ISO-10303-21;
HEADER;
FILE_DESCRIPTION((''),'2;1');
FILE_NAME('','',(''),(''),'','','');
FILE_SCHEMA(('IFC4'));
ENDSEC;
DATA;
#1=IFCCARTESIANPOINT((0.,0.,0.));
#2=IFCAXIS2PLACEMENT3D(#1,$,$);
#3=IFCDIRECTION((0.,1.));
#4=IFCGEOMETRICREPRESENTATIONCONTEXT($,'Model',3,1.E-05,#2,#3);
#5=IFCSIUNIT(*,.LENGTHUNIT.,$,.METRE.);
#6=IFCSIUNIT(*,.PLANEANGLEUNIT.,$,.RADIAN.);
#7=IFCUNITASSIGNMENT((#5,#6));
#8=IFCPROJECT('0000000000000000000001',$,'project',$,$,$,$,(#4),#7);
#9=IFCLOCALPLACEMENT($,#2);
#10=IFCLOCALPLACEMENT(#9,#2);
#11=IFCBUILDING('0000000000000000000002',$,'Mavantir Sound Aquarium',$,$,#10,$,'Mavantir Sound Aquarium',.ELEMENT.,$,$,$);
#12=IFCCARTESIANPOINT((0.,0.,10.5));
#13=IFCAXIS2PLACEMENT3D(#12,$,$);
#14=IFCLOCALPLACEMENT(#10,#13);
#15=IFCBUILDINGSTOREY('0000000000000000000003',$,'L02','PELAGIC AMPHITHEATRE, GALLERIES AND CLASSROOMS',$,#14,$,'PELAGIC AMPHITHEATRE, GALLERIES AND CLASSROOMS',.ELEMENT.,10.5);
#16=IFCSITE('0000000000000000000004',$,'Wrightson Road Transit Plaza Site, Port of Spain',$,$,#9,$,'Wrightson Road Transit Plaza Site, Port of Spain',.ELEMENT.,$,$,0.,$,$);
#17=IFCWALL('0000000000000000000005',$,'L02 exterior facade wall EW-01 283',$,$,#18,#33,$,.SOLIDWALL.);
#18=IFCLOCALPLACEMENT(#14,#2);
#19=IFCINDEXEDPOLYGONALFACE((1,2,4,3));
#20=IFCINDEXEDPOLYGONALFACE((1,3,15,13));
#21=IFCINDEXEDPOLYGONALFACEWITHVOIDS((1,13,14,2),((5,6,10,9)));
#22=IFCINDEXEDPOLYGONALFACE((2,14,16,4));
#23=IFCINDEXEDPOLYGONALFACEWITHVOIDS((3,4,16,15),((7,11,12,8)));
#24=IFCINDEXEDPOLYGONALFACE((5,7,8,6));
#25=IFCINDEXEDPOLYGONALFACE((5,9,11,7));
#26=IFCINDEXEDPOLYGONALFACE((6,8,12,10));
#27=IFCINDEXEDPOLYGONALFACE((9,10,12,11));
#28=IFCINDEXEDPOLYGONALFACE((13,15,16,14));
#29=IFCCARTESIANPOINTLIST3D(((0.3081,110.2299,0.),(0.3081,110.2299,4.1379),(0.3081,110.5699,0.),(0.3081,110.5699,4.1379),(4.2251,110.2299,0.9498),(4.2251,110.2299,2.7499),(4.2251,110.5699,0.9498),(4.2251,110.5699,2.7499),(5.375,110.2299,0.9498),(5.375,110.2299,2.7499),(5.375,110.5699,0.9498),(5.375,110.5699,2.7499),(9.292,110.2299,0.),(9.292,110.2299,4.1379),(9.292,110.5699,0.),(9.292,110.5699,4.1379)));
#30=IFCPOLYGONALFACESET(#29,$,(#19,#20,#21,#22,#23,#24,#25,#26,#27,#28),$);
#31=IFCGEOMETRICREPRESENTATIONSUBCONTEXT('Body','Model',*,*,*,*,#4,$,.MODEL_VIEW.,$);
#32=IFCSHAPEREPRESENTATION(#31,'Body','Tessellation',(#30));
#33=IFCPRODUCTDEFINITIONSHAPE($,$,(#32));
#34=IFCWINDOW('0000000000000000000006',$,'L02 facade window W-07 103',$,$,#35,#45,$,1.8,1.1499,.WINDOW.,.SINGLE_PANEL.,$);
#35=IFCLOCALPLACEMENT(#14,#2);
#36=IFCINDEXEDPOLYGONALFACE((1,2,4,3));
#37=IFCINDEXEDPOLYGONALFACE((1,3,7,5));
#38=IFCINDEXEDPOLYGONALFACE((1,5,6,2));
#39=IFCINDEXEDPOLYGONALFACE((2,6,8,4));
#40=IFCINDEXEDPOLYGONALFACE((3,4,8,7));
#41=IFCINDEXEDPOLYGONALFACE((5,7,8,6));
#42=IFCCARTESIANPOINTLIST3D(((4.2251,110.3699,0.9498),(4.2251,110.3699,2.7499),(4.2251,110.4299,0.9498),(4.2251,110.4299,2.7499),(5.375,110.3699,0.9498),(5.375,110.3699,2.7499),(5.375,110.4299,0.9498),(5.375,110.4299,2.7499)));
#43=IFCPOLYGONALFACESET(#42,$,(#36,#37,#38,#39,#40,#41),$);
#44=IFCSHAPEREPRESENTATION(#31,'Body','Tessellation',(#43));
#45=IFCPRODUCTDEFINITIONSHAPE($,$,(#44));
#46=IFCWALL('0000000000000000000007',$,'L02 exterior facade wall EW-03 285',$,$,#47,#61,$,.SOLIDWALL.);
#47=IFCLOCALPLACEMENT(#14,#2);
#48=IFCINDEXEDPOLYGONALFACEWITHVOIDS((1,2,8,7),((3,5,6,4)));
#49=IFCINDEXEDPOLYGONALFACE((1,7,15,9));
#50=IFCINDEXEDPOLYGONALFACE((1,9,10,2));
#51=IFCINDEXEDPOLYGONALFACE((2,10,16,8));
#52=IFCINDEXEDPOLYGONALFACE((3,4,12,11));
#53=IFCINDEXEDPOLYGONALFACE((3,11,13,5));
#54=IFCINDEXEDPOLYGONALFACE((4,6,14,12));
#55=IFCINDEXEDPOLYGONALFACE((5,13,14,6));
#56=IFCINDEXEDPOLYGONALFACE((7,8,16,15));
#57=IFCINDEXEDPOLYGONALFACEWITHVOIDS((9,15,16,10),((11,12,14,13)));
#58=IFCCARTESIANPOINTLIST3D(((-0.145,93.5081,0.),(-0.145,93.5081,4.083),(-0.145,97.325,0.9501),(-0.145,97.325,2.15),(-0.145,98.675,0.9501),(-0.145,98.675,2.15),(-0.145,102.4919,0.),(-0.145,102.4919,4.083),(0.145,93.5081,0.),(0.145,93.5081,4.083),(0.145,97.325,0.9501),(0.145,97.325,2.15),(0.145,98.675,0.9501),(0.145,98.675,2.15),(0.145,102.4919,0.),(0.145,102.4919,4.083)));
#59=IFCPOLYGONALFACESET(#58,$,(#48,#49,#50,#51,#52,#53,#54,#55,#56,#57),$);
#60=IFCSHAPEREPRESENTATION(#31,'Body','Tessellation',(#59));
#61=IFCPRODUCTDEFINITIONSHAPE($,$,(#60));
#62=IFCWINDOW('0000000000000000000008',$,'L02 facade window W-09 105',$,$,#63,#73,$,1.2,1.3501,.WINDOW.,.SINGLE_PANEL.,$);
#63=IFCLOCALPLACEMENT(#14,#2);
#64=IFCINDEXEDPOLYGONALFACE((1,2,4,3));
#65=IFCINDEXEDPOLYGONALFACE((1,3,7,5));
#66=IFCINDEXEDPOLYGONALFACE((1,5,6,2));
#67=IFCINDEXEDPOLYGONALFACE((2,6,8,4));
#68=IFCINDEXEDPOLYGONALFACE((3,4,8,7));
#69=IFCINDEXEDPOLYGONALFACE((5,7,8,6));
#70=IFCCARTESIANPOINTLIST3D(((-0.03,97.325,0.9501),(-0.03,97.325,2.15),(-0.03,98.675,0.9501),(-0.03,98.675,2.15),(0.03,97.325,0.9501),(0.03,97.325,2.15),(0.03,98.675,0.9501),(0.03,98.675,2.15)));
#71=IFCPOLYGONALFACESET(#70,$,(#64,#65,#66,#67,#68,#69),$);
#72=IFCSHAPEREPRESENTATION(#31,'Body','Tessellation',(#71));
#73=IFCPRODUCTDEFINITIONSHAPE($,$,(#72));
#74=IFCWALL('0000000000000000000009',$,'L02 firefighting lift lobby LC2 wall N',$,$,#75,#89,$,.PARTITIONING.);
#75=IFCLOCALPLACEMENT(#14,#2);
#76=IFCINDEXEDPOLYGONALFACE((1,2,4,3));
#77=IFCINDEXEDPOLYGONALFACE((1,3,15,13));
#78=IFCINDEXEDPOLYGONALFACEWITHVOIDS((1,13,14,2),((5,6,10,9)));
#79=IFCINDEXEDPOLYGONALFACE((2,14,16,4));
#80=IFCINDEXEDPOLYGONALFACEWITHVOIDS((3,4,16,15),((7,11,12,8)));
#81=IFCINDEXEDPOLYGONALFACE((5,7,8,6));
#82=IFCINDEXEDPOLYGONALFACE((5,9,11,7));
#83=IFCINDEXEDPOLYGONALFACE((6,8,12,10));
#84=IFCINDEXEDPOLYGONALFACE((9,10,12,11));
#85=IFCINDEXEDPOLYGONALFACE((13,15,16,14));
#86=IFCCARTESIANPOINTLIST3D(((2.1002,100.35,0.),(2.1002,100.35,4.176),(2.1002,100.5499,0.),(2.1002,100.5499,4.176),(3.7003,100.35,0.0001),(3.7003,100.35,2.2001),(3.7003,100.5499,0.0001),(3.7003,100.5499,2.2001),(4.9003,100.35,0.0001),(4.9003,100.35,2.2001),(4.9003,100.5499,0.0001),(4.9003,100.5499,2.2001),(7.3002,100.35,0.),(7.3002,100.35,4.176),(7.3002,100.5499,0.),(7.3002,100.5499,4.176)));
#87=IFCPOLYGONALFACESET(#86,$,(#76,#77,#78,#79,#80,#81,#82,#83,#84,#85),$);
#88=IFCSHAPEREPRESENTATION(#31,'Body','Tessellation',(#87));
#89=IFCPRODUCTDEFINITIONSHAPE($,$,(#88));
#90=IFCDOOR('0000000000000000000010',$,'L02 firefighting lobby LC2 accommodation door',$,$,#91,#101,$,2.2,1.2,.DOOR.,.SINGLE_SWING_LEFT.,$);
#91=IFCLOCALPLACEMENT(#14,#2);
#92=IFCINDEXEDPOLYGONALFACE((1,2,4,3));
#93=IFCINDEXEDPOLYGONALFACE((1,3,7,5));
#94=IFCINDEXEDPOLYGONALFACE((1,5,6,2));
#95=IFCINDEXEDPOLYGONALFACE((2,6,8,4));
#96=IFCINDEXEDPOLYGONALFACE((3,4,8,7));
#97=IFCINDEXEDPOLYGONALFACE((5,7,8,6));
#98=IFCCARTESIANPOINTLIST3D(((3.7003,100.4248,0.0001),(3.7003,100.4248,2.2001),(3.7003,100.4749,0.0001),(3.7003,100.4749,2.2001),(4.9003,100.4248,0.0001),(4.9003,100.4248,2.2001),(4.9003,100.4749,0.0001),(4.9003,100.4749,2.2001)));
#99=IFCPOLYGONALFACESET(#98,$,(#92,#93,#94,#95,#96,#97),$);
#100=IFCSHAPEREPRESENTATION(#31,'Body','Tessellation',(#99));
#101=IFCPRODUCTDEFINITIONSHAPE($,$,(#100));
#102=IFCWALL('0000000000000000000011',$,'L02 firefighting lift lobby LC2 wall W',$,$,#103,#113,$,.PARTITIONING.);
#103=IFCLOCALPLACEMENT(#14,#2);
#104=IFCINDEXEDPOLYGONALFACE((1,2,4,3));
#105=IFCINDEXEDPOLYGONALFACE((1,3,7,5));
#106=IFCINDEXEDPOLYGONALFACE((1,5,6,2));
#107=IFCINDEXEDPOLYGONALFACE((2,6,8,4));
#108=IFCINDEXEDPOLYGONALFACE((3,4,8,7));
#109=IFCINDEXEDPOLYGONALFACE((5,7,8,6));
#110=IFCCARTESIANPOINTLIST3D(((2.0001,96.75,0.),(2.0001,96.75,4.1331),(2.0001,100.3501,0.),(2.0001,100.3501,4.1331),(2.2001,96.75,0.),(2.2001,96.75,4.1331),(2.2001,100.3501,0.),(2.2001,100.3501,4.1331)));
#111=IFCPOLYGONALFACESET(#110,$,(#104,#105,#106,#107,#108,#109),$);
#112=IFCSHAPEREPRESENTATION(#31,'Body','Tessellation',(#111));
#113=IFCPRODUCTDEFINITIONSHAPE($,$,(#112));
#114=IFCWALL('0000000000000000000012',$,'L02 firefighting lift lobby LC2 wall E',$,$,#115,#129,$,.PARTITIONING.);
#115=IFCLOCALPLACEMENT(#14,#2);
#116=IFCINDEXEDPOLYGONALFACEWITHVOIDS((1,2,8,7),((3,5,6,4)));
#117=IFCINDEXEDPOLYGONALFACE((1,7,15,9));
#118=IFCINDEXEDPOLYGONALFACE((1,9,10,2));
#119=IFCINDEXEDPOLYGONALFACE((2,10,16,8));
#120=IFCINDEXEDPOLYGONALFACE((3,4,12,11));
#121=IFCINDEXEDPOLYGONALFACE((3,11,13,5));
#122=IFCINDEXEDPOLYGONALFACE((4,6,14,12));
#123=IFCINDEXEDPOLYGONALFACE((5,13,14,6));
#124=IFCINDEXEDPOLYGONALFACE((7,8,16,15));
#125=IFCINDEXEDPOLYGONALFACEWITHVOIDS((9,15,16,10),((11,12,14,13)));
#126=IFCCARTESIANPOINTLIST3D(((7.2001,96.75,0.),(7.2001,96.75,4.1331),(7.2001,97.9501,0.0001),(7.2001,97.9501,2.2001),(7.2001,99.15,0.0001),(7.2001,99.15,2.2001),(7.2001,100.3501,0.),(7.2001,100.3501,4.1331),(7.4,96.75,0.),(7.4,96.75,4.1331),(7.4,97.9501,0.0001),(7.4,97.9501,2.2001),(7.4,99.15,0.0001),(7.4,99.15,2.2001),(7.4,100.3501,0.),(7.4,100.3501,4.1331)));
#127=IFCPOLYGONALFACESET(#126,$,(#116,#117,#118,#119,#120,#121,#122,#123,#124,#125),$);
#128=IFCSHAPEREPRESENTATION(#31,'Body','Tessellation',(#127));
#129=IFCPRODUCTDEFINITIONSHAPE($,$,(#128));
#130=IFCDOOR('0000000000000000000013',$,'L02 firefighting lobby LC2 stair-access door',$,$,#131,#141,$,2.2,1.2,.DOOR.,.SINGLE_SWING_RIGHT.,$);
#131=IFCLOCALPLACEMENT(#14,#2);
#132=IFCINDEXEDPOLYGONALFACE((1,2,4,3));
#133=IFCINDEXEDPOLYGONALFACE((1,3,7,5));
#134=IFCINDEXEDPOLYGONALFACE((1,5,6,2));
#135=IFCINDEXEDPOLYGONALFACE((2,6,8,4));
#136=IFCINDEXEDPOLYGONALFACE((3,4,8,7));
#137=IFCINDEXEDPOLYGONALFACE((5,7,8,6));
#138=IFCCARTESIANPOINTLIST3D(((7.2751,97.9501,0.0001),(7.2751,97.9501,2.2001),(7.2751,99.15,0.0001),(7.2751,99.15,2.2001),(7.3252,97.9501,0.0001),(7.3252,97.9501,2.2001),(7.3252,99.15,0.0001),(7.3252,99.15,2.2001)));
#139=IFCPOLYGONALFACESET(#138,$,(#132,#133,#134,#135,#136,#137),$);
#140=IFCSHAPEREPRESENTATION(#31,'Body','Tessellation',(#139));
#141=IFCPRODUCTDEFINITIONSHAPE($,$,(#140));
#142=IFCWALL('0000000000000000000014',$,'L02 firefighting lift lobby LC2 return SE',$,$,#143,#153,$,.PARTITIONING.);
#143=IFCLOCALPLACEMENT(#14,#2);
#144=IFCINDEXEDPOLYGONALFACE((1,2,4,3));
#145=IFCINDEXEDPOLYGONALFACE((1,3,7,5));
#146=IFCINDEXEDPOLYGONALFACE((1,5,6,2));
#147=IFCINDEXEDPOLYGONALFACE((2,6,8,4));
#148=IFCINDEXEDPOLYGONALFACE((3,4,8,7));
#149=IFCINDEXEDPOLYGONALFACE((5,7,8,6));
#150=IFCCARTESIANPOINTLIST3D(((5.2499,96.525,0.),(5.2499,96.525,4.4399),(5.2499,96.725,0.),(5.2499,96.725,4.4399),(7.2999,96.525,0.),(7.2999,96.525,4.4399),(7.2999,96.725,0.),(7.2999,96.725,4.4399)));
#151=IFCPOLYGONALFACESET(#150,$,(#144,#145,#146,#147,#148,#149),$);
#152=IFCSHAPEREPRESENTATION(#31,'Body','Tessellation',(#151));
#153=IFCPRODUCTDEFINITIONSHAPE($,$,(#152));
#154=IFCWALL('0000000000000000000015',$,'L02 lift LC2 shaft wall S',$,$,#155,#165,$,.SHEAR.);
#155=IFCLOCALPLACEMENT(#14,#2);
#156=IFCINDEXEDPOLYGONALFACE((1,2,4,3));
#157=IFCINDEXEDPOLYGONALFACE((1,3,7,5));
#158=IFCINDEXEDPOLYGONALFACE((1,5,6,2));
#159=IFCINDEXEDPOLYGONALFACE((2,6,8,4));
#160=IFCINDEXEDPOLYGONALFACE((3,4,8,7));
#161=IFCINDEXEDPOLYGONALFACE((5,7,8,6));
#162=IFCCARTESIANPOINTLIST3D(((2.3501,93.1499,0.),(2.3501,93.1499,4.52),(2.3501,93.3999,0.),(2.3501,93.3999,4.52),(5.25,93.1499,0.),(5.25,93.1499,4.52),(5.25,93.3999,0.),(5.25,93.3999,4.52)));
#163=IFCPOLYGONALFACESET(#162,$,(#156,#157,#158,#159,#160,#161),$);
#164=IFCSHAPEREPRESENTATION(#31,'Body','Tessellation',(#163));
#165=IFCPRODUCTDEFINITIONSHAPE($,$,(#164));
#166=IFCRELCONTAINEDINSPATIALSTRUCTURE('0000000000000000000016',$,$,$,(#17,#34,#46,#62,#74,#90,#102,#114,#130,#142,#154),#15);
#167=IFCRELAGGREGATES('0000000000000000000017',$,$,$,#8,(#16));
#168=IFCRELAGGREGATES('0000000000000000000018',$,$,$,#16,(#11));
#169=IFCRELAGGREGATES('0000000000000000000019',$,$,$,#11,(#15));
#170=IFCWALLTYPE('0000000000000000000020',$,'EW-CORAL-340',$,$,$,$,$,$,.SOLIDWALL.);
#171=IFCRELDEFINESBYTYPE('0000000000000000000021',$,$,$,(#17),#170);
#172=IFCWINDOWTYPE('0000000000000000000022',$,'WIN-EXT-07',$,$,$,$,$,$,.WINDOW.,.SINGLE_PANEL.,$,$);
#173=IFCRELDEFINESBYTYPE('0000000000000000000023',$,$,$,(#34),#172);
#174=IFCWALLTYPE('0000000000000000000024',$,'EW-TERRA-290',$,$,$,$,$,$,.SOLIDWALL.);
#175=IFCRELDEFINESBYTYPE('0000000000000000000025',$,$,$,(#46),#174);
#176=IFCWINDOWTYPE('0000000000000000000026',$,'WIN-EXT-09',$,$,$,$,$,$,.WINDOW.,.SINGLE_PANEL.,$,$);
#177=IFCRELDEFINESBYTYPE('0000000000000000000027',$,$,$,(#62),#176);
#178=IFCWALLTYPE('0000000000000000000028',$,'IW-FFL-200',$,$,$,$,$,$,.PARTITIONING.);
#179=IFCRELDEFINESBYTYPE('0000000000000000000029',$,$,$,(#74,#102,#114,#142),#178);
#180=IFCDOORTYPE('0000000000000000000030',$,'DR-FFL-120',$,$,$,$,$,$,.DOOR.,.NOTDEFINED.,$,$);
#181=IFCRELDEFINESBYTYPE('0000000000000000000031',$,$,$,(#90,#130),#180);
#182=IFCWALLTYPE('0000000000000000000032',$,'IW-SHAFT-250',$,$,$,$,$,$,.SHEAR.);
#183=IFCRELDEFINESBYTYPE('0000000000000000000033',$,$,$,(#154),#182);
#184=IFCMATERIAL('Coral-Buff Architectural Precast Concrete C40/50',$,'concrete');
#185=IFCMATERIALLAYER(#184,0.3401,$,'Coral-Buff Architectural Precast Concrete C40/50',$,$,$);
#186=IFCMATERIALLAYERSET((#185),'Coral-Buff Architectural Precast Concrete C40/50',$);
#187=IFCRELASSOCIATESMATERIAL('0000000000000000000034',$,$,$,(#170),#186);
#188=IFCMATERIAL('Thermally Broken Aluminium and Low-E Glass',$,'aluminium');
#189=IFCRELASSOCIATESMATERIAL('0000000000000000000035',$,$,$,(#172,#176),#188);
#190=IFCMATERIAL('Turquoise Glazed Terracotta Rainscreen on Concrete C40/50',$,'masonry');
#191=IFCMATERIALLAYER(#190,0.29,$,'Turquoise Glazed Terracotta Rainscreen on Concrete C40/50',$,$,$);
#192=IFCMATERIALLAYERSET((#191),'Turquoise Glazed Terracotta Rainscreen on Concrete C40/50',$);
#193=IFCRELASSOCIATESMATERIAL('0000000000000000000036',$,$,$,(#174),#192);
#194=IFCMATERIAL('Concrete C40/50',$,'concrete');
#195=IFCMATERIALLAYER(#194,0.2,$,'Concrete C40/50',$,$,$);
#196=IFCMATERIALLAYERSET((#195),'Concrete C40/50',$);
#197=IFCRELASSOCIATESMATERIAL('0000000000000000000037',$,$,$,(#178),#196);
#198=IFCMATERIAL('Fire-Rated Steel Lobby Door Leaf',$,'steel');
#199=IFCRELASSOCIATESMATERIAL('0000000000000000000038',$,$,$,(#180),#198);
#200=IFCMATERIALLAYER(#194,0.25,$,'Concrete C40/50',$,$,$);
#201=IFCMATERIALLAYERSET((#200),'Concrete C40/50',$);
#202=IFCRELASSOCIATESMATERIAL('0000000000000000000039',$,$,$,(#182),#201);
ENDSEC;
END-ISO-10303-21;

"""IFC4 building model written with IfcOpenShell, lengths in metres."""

from ifc_helpers import new_model, si_unit, direction, frame, frame_2d, origin, place, context, subcontext, project, spatial, rectangle, extrude, material, layer, layer_set, type_object, element, fill, save


model = new_model("IFC4")

# Units and contexts
model_context = context("Model", 3, precision=1e-05, world=origin(), true_north=direction((0.0, 1.0)))
body_context = subcontext(model_context, "Body", "Model", "MODEL_VIEW")
ifc_project = project(units=[si_unit("LENGTHUNIT", "METRE"), si_unit("PLANEANGLEUNIT", "RADIAN")], contexts=[model_context])

# Site, building, storey
site_placement = place(None, origin())
site = spatial("IfcSite", under=ifc_project, at=site_placement, Name="Wrightson Road Transit Plaza Site, Port of Spain", LongName="Wrightson Road Transit Plaza Site, Port of Spain", CompositionType="ELEMENT", RefElevation=0.0)
building_placement = place(site_placement, origin())
building = spatial("IfcBuilding", under=site, at=building_placement, Name="Mavantir Sound Aquarium", LongName="Mavantir Sound Aquarium", CompositionType="ELEMENT")
storey_placement = place(building_placement, frame((0.0, 0.0, 10.5)))
storey = spatial("IfcBuildingStorey", under=building, at=storey_placement, Name="L02", Description="PELAGIC AMPHITHEATRE, GALLERIES AND CLASSROOMS", LongName="PELAGIC AMPHITHEATRE, GALLERIES AND CLASSROOMS", CompositionType="ELEMENT", Elevation=10.5)

# Shared definitions
ifc_material_1 = material(Name="Concrete C40/50", Category="concrete")

# Walls, openings, windows
ifc_material_2 = material(Name="Coral-Buff Architectural Precast Concrete C40/50", Category="concrete")
ifc_material_3 = material(Name="Thermally Broken Aluminium and Low-E Glass", Category="aluminium")
ifc_layer_1 = layer(ifc_material_2, 0.3401, Name="Coral-Buff Architectural Precast Concrete C40/50")
ifc_layer_set_1 = layer_set([ifc_layer_1], Name="Coral-Buff Architectural Precast Concrete C40/50")
wall_type_1 = type_object("IfcWallType", Name="EW-CORAL-340", PredefinedType="SOLIDWALL", material=ifc_layer_set_1)
wall_1_placement = place(storey_placement, frame((9.292, 110.3999, 0.0), z_axis=(0.0, 0.0, 1.0), x_axis=(-1.0, 0.0, 0.0)))
wall_1 = element("IfcWall", 1, at=wall_1_placement, inside=storey, type_object=wall_type_1, Name="L02 exterior facade wall EW-01 283", PredefinedType="SOLIDWALL", context=body_context, shape_type="SweptSolid", body=[
    extrude(rectangle(XDim=8.9839, YDim=0.3401, at=frame_2d((4.4919, 0.0))), origin(), (0.0, 0.0, 1.0), 4.1379),
])
opening_1_placement = place(wall_1_placement, frame((3.917, 0.0, 0.95)))
opening_1 = element("IfcOpeningElement", 2, at=opening_1_placement, cuts=wall_1, PredefinedType="OPENING", context=body_context, shape_type="SweptSolid", body=[
    extrude(rectangle(XDim=1.1499, YDim=1.8, at=frame_2d((0.575, 0.8999))), frame((0.0, 0.1802, 0.0), z_axis=(0.0, -1.0, 0.0), x_axis=(1.0, 0.0, 0.0)), (0.0, 0.0, 1.0), 0.3601),
])
window_type_1 = type_object("IfcWindowType", Name="WIN-EXT-07", PartitioningType="SINGLE_PANEL", PredefinedType="WINDOW", material=ifc_material_3)
window_1_placement = place(opening_1_placement, origin())
window_1 = element("IfcWindow", 3, at=window_1_placement, inside=storey, type_object=window_type_1, Name="L02 facade window W-07 103", OverallHeight=1.8, OverallWidth=1.1499, PartitioningType="SINGLE_PANEL", PredefinedType="WINDOW", context=body_context, shape_type="SweptSolid", body=[
    extrude(rectangle(XDim=1.1499, YDim=1.8, at=frame_2d((0.575, 0.8999))), frame((0.0, 0.03, 0.0), z_axis=(0.0, -1.0, 0.0), x_axis=(1.0, 0.0, 0.0)), (0.0, 0.0, 1.0), 0.0601),
])
fill(opening_1, window_1)
ifc_material_4 = material(Name="Turquoise Glazed Terracotta Rainscreen on Concrete C40/50", Category="masonry")
ifc_layer_2 = layer(ifc_material_4, 0.29, Name="Turquoise Glazed Terracotta Rainscreen on Concrete C40/50")
ifc_layer_set_2 = layer_set([ifc_layer_2], Name="Turquoise Glazed Terracotta Rainscreen on Concrete C40/50")
wall_type_2 = type_object("IfcWallType", Name="EW-TERRA-290", PredefinedType="SOLIDWALL", material=ifc_layer_set_2)
wall_2_placement = place(storey_placement, frame((0.0, 102.4919, 0.0), z_axis=(0.0, 0.0, 1.0), x_axis=(0.0, -1.0, 0.0)))
wall_2 = element("IfcWall", 4, at=wall_2_placement, inside=storey, type_object=wall_type_2, Name="L02 exterior facade wall EW-03 285", PredefinedType="SOLIDWALL", context=body_context, shape_type="SweptSolid", body=[
    extrude(rectangle(XDim=8.9839, YDim=0.29, at=frame_2d((4.4919, 0.0))), origin(), (0.0, 0.0, 1.0), 4.083),
])
opening_2_placement = place(wall_2_placement, frame((3.8169, 0.0, 0.95)))
opening_2 = element("IfcOpeningElement", 5, at=opening_2_placement, cuts=wall_2, PredefinedType="OPENING", context=body_context, shape_type="SweptSolid", body=[
    extrude(rectangle(XDim=1.3501, YDim=1.2, at=frame_2d((0.675, 0.6001))), frame((0.0, 0.155, 0.0), z_axis=(0.0, -1.0, 0.0), x_axis=(1.0, 0.0, 0.0)), (0.0, 0.0, 1.0), 0.3101),
])
window_type_2 = type_object("IfcWindowType", Name="WIN-EXT-09", PartitioningType="SINGLE_PANEL", PredefinedType="WINDOW", material=ifc_material_3)
window_2_placement = place(opening_2_placement, origin())
window_2 = element("IfcWindow", 6, at=window_2_placement, inside=storey, type_object=window_type_2, Name="L02 facade window W-09 105", OverallHeight=1.2, OverallWidth=1.3501, PartitioningType="SINGLE_PANEL", PredefinedType="WINDOW", context=body_context, shape_type="SweptSolid", body=[
    extrude(rectangle(XDim=1.3501, YDim=1.2, at=frame_2d((0.675, 0.6001))), frame((0.0, 0.03, 0.0), z_axis=(0.0, -1.0, 0.0), x_axis=(1.0, 0.0, 0.0)), (0.0, 0.0, 1.0), 0.0601),
])
fill(opening_2, window_2)

# Wall, opening, door
ifc_layer_3 = layer(ifc_material_1, 0.2, Name="Concrete C40/50")
ifc_layer_set_3 = layer_set([ifc_layer_3], Name="Concrete C40/50")
wall_type_3 = type_object("IfcWallType", Name="IW-FFL-200", PredefinedType="PARTITIONING", material=ifc_layer_set_3)
wall_3_placement = place(storey_placement, frame((2.1001, 100.45, 0.0), z_axis=(0.0, 0.0, 1.0), x_axis=(1.0, 0.0, 0.0)))
wall_3 = element("IfcWall", 7, at=wall_3_placement, inside=storey, type_object=wall_type_3, Name="L02 firefighting lift lobby LC2 wall N", PredefinedType="PARTITIONING", context=body_context, shape_type="SweptSolid", body=[
    extrude(rectangle(XDim=5.2, YDim=0.2, at=frame_2d((2.6001, 0.0))), origin(), (0.0, 0.0, 1.0), 4.176),
])
opening_3_placement = place(wall_3_placement, frame((1.6001, 0.0, 0.0)))
opening_3 = element("IfcOpeningElement", 8, at=opening_3_placement, cuts=wall_3, PredefinedType="OPENING", context=body_context, shape_type="SweptSolid", body=[
    extrude(rectangle(XDim=1.2, YDim=2.2, at=frame_2d((0.6001, 1.1001))), frame((0.0, 0.1099, 0.0), z_axis=(0.0, -1.0, 0.0), x_axis=(1.0, 0.0, 0.0)), (0.0, 0.0, 1.0), 0.22),
])
ifc_material_5 = material(Name="Fire-Rated Steel Lobby Door Leaf", Category="steel")
door_type_1 = type_object("IfcDoorType", Name="DR-FFL-120", OperationType="NOTDEFINED", PredefinedType="DOOR", material=ifc_material_5)
door_1_placement = place(opening_3_placement, origin())
door_1 = element("IfcDoor", 9, at=door_1_placement, inside=storey, type_object=door_type_1, Name="L02 firefighting lobby LC2 accommodation door", OperationType="SINGLE_SWING_LEFT", OverallHeight=2.2, OverallWidth=1.2, PredefinedType="DOOR", context=body_context, shape_type="SweptSolid", body=[
    extrude(rectangle(XDim=1.2, YDim=2.2, at=frame_2d((0.6001, 1.1001))), frame((0.0, 0.0249, 0.0), z_axis=(0.0, -1.0, 0.0), x_axis=(1.0, 0.0, 0.0)), (0.0, 0.0, 1.0), 0.05),
])
fill(opening_3, door_1)

# Wall
wall_4_placement = place(storey_placement, frame((2.1001, 96.75, 0.0), z_axis=(0.0, 0.0, 1.0), x_axis=(0.0, 1.0, 0.0)))
element("IfcWall", 10, at=wall_4_placement, inside=storey, type_object=wall_type_3, Name="L02 firefighting lift lobby LC2 wall W", PredefinedType="PARTITIONING", context=body_context, shape_type="SweptSolid", body=[
    extrude(rectangle(XDim=3.6001, YDim=0.2, at=frame_2d((1.8, 0.0))), origin(), (0.0, 0.0, 1.0), 4.1331),
])

# Wall, opening, door
wall_5_placement = place(storey_placement, frame((7.3, 96.75, 0.0), z_axis=(0.0, 0.0, 1.0), x_axis=(0.0, 1.0, 0.0)))
wall_5 = element("IfcWall", 11, at=wall_5_placement, inside=storey, type_object=wall_type_3, Name="L02 firefighting lift lobby LC2 wall E", PredefinedType="PARTITIONING", context=body_context, shape_type="SweptSolid", body=[
    extrude(rectangle(XDim=3.6001, YDim=0.2, at=frame_2d((1.8, 0.0))), origin(), (0.0, 0.0, 1.0), 4.1331),
])
opening_4_placement = place(wall_5_placement, frame((1.2, 0.0, 0.0)))
opening_4 = element("IfcOpeningElement", 12, at=opening_4_placement, cuts=wall_5, PredefinedType="OPENING", context=body_context, shape_type="SweptSolid", body=[
    extrude(rectangle(XDim=1.2, YDim=2.2, at=frame_2d((0.6001, 1.1001))), frame((0.0, 0.1099, 0.0), z_axis=(0.0, -1.0, 0.0), x_axis=(1.0, 0.0, 0.0)), (0.0, 0.0, 1.0), 0.22),
])
door_2_placement = place(opening_4_placement, origin())
door_2 = element("IfcDoor", 13, at=door_2_placement, inside=storey, type_object=door_type_1, Name="L02 firefighting lobby LC2 stair-access door", OperationType="SINGLE_SWING_RIGHT", OverallHeight=2.2, OverallWidth=1.2, PredefinedType="DOOR", context=body_context, shape_type="SweptSolid", body=[
    extrude(rectangle(XDim=1.2, YDim=2.2, at=frame_2d((0.6001, 1.1001))), frame((0.0, 0.0249, 0.0), z_axis=(0.0, -1.0, 0.0), x_axis=(1.0, 0.0, 0.0)), (0.0, 0.0, 1.0), 0.05),
])
fill(opening_4, door_2)

# Walls
wall_6_placement = place(storey_placement, frame((5.25, 96.625, 0.0), z_axis=(0.0, 0.0, 1.0), x_axis=(1.0, 0.0, 0.0)))
element("IfcWall", 14, at=wall_6_placement, inside=storey, type_object=wall_type_3, Name="L02 firefighting lift lobby LC2 return SE", PredefinedType="PARTITIONING", context=body_context, shape_type="SweptSolid", body=[
    extrude(rectangle(XDim=2.05, YDim=0.2, at=frame_2d((1.0249, 0.0))), origin(), (0.0, 0.0, 1.0), 4.4399),
])
ifc_layer_4 = layer(ifc_material_1, 0.25, Name="Concrete C40/50")
ifc_layer_set_4 = layer_set([ifc_layer_4], Name="Concrete C40/50")
wall_type_4 = type_object("IfcWallType", Name="IW-SHAFT-250", PredefinedType="SHEAR", material=ifc_layer_set_4)
wall_7_placement = place(storey_placement, frame((2.3501, 93.2749, 0.0), z_axis=(0.0, 0.0, 1.0), x_axis=(1.0, 0.0, 0.0)))
element("IfcWall", 15, at=wall_7_placement, inside=storey, type_object=wall_type_4, Name="L02 lift LC2 shaft wall S", PredefinedType="SHEAR", context=body_context, shape_type="SweptSolid", body=[
    extrude(rectangle(XDim=2.8999, YDim=0.25, at=frame_2d((1.45, 0.0))), origin(), (0.0, 0.0, 1.0), 4.52),
])

save(model, "model.ifc")
